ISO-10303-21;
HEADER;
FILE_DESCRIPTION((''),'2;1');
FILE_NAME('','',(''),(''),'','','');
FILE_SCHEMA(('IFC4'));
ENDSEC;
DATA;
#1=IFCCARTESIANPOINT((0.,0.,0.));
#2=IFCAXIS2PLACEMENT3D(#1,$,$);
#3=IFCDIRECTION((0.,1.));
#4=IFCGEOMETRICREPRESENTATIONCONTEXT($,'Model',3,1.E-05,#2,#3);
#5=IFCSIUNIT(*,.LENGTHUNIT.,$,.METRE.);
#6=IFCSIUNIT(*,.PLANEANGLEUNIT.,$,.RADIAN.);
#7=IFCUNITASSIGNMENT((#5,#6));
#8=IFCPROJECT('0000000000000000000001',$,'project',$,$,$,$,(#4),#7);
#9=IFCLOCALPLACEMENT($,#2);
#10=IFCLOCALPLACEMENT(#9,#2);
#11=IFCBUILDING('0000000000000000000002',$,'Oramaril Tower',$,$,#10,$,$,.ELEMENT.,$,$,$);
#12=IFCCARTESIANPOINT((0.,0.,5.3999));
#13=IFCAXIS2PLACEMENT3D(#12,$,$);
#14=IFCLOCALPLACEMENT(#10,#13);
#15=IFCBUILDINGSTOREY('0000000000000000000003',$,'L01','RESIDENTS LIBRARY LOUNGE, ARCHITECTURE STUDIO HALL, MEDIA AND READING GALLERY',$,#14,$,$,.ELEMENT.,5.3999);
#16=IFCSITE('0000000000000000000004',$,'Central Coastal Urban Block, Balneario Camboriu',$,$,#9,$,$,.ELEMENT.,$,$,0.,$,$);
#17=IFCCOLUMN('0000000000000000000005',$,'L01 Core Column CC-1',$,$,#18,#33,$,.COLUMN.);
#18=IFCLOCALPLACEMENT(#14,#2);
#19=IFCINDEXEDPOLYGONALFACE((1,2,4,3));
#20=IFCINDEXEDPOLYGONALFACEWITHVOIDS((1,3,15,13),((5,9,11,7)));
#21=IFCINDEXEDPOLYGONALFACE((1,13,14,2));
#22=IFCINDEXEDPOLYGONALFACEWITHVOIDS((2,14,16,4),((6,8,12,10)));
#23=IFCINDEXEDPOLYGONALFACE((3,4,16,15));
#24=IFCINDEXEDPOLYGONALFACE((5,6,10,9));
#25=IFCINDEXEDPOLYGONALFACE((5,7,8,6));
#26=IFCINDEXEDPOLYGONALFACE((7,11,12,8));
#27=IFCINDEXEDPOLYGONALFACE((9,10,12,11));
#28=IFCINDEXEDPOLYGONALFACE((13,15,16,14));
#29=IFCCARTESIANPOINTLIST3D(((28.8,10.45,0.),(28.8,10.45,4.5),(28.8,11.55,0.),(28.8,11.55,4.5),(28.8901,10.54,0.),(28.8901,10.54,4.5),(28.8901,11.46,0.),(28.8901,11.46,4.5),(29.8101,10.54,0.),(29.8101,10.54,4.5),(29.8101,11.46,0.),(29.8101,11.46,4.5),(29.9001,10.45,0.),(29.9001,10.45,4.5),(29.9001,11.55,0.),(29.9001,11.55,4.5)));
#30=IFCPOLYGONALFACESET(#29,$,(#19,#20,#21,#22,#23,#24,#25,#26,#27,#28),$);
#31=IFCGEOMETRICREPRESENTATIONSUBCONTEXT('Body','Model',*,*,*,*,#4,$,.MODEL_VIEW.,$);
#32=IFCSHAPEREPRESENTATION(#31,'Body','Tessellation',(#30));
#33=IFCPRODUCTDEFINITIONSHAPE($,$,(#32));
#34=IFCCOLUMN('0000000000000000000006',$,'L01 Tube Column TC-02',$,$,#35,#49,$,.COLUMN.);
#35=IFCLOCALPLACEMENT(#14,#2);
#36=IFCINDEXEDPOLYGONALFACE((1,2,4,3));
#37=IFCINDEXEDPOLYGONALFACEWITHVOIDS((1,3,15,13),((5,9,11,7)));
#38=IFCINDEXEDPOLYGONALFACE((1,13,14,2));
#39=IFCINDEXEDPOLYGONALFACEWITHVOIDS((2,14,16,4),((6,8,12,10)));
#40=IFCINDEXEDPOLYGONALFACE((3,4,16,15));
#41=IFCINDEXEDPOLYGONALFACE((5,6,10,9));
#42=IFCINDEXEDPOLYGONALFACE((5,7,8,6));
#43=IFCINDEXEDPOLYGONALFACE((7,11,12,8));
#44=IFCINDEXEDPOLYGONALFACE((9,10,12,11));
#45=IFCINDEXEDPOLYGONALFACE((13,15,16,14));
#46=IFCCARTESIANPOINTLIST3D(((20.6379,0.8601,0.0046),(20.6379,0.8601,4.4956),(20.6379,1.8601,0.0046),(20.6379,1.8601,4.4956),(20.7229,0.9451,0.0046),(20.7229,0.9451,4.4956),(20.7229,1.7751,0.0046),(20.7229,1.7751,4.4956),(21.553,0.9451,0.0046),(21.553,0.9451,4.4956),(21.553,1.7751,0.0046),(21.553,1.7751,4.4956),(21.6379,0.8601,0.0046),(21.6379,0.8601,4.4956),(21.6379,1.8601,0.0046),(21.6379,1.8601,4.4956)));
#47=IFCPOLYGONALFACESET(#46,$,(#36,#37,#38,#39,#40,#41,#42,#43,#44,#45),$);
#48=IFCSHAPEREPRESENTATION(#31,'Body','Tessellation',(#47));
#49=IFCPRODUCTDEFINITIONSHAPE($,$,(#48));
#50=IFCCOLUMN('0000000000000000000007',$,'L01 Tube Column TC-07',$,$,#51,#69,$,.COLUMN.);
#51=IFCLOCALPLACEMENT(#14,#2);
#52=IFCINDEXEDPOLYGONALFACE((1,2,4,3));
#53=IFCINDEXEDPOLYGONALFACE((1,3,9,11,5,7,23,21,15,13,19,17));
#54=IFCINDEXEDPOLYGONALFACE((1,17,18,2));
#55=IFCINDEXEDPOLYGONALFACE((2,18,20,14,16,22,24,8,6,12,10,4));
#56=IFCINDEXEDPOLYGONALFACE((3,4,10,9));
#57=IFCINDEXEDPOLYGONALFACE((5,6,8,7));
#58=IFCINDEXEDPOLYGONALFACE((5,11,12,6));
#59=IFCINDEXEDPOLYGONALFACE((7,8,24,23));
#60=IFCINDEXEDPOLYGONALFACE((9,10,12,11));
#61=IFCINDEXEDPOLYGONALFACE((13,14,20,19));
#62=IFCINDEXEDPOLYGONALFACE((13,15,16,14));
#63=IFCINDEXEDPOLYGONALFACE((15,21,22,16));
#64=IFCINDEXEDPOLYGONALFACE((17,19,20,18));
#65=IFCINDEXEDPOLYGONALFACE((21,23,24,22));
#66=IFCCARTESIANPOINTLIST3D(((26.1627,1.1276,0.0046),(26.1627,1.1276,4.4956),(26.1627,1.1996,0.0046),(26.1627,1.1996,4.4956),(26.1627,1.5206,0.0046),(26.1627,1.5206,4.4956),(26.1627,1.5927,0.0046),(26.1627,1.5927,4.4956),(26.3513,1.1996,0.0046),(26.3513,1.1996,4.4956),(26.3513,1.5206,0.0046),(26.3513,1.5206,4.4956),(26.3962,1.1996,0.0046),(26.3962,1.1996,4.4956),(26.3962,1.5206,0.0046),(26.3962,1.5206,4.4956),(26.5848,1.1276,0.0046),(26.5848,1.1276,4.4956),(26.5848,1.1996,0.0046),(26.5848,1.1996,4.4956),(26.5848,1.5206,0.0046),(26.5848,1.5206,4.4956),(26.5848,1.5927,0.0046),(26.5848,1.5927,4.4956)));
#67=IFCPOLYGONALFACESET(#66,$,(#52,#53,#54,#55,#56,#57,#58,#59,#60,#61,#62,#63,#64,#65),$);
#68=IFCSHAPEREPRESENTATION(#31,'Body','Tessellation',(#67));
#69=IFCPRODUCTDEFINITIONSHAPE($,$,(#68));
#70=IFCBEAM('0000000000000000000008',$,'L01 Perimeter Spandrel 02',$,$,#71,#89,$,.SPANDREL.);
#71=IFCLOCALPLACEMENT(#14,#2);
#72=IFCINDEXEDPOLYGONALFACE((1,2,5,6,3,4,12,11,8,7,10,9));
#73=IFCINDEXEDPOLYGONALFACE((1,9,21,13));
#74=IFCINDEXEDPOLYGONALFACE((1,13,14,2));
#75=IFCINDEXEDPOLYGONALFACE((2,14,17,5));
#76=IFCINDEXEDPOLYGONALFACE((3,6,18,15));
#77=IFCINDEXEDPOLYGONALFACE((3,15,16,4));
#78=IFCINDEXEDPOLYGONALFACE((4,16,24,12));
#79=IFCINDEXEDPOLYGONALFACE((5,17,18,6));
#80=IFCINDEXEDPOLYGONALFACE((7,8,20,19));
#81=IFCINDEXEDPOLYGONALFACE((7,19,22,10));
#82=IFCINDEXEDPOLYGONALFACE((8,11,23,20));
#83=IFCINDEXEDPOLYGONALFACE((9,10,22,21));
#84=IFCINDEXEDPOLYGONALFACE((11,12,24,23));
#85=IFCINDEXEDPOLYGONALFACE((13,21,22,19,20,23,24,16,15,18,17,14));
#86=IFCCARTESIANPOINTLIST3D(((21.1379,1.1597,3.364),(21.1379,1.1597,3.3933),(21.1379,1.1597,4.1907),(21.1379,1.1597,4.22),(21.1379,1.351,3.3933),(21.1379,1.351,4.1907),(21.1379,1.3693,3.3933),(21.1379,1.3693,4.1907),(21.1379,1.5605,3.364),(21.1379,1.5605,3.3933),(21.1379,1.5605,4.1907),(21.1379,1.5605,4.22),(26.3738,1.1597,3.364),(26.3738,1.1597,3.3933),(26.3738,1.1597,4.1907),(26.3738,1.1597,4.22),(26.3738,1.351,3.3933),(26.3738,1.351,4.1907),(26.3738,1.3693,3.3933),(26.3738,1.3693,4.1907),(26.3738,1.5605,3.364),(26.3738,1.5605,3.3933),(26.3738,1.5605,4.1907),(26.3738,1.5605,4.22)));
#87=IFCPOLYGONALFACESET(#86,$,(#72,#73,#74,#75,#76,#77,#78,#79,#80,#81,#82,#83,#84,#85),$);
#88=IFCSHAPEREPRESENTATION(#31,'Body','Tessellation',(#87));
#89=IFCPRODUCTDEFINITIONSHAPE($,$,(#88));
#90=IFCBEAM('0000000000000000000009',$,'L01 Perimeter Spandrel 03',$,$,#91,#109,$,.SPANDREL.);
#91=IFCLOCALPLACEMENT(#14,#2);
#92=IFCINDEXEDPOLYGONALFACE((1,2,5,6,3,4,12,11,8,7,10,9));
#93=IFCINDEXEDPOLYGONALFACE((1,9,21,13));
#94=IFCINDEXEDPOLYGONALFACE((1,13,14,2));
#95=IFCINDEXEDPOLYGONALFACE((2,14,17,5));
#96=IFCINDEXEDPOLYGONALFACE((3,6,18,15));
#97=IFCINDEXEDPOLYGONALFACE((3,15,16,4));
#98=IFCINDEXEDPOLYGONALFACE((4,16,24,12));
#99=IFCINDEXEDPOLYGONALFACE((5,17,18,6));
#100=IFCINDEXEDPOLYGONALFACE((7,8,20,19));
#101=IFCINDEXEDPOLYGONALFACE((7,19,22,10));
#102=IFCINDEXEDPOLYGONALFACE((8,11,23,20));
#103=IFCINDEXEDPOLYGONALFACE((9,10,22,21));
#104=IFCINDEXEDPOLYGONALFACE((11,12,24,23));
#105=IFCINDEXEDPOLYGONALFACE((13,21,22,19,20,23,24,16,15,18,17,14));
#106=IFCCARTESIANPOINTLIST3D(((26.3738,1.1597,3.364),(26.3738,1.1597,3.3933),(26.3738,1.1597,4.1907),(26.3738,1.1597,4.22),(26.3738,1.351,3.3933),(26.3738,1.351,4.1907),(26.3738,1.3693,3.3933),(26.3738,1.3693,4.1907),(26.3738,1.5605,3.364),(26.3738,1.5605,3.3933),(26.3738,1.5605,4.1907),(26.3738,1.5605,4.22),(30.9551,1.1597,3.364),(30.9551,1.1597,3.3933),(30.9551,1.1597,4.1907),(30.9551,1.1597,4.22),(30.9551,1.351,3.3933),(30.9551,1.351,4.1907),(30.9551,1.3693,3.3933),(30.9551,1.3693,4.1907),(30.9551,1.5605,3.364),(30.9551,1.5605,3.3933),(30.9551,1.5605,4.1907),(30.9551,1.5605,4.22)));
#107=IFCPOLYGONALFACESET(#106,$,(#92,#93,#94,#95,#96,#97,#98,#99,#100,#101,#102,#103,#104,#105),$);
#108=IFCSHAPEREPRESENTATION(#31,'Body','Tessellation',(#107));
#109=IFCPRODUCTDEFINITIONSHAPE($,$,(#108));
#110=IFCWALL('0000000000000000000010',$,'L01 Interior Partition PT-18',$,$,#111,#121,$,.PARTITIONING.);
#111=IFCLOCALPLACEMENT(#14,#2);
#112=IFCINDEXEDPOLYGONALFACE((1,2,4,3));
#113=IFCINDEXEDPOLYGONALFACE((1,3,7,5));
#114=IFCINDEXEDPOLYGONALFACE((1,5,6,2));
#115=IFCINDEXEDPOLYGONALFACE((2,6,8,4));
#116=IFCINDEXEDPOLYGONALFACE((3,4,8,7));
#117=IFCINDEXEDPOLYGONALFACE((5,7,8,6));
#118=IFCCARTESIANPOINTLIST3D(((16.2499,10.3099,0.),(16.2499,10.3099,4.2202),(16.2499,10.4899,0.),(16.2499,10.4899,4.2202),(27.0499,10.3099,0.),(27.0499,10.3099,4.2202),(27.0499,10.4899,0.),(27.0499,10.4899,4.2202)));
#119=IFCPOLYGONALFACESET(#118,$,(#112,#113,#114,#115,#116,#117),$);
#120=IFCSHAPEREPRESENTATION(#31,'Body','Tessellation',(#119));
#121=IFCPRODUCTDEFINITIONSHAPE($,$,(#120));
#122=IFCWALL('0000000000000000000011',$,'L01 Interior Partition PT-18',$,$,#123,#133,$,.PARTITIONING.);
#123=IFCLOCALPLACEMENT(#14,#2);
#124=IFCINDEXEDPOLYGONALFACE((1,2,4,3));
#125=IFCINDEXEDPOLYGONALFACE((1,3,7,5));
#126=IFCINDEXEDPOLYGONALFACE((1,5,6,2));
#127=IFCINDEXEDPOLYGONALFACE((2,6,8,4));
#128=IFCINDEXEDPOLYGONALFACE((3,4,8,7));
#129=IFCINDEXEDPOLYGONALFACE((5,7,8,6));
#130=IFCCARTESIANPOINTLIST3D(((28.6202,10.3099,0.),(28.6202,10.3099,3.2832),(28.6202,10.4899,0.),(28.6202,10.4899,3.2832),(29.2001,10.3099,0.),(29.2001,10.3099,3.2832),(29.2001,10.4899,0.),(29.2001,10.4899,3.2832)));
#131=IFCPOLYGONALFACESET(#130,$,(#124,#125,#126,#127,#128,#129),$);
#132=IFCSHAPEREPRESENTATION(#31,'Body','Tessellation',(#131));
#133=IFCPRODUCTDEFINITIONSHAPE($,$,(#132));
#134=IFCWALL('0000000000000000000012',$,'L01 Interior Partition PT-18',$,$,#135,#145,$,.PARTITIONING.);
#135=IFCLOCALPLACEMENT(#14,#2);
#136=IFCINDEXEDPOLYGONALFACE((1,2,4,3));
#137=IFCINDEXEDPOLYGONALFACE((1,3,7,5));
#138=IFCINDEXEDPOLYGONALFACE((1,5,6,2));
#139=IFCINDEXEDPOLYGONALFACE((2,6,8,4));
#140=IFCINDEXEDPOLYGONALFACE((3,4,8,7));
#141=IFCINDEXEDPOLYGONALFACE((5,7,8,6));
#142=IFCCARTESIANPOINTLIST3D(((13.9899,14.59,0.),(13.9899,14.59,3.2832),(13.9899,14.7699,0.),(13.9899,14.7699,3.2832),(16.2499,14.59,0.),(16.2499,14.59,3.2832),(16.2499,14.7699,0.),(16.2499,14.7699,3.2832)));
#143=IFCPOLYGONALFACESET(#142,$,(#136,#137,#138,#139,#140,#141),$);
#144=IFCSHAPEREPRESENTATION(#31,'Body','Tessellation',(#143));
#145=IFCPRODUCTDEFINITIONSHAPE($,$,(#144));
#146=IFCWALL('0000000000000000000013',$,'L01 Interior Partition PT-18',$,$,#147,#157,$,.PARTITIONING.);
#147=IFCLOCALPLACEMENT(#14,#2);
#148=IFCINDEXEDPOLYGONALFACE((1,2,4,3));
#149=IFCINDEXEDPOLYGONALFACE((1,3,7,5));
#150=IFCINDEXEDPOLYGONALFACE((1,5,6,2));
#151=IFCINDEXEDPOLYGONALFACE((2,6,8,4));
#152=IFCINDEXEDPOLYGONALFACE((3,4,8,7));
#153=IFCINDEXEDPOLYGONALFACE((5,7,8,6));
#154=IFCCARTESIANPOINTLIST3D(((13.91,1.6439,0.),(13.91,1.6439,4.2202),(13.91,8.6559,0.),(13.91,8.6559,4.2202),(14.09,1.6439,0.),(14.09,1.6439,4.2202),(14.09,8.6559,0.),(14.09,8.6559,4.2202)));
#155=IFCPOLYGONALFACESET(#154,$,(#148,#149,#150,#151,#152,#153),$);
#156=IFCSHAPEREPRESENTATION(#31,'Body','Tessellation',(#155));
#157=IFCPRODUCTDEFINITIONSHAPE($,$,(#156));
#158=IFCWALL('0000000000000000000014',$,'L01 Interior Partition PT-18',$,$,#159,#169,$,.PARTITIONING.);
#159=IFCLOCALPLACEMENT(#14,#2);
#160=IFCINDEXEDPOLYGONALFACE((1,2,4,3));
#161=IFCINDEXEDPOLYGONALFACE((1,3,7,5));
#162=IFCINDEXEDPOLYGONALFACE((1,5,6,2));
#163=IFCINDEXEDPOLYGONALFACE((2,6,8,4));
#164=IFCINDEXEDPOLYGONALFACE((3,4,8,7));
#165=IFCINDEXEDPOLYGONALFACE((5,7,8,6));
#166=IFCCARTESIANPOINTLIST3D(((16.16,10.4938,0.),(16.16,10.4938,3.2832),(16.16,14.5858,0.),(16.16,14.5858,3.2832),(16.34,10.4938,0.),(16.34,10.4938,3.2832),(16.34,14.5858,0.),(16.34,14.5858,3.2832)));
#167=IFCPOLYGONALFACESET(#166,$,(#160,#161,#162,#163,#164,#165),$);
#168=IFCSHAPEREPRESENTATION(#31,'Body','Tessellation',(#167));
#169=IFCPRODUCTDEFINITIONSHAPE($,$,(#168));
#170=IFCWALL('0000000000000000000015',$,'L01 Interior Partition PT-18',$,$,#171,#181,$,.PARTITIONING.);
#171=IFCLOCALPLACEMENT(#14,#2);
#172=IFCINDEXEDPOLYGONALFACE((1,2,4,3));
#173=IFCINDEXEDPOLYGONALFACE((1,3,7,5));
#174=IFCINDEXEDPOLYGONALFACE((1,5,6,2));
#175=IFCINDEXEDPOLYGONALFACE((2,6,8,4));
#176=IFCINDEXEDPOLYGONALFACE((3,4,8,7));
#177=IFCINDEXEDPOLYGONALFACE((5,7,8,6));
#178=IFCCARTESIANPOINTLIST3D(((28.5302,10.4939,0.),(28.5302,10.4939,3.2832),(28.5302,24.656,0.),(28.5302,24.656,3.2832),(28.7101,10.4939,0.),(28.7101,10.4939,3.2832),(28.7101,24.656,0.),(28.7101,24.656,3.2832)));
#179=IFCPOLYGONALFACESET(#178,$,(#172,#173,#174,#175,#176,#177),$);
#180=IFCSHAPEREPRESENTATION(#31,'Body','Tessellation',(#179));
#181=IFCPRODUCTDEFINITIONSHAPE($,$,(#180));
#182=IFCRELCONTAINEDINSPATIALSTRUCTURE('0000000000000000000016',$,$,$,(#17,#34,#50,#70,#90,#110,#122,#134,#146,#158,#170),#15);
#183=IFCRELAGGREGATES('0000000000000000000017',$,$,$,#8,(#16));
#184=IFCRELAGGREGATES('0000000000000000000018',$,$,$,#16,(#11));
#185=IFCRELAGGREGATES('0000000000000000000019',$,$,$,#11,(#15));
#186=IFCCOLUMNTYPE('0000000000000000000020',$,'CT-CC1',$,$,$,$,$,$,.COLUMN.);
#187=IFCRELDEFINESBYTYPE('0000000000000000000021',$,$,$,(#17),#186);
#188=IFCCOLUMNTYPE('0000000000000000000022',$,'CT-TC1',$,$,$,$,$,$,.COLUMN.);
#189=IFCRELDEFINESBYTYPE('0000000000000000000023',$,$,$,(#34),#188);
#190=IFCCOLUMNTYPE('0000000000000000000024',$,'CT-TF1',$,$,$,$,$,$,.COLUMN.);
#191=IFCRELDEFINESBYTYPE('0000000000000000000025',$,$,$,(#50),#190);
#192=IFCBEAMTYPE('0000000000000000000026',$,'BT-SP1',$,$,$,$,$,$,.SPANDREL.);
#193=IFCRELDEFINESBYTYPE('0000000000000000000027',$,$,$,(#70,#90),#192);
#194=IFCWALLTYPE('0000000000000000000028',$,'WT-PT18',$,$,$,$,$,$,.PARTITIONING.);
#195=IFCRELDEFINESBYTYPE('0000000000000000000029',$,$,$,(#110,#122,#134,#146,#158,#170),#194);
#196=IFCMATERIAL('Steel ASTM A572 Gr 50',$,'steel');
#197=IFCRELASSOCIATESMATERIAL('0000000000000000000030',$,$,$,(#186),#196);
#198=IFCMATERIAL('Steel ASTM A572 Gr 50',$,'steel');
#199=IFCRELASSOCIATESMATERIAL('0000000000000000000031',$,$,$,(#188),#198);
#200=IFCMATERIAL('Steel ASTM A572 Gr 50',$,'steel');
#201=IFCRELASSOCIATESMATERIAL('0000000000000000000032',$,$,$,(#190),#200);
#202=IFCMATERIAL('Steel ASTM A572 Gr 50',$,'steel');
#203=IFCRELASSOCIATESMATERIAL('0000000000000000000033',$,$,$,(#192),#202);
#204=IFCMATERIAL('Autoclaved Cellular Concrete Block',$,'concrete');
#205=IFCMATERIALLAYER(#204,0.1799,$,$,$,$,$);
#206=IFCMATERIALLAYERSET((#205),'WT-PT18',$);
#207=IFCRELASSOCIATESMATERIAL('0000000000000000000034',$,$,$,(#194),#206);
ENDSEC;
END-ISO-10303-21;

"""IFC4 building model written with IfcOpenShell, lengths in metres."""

from ifc_helpers import new_model, si_unit, direction, frame, frame_2d, origin, origin_2d, place, context, subcontext, project, spatial, rectangle, hollow_rectangle, i_section, extrude, material, layer, layer_set, material_profile, profile_set, type_object, element, save


model = new_model("IFC4")

# Units and contexts
model_context = context("Model", 3, precision=1e-05, world=origin(), true_north=direction((0.0, 1.0)))
body_context = subcontext(model_context, "Body", "Model", "MODEL_VIEW")
ifc_project = project(units=[si_unit("LENGTHUNIT", "METRE"), si_unit("PLANEANGLEUNIT", "RADIAN")], contexts=[model_context])

# Site, building, storey
site_placement = place(None, origin())
site = spatial("IfcSite", under=ifc_project, at=site_placement, Name="Central Coastal Urban Block, Balneario Camboriu", CompositionType="ELEMENT", RefElevation=0.0)
building_placement = place(site_placement, origin())
building = spatial("IfcBuilding", under=site, at=building_placement, Name="Oramaril Tower", CompositionType="ELEMENT")
storey_placement = place(building_placement, frame((0.0, 0.0, 5.3999)))
storey = spatial("IfcBuildingStorey", under=building, at=storey_placement, Name="L01", Description="RESIDENTS LIBRARY LOUNGE, ARCHITECTURE STUDIO HALL, MEDIA AND READING GALLERY", CompositionType="ELEMENT", Elevation=5.3999)

# Columns
ifc_material_1 = material(Name="Steel ASTM A572 Gr 50", Category="steel")
ifc_material_profile_1 = material_profile(ifc_material_1, hollow_rectangle(XDim=1.1001, YDim=1.1001, WallThickness=0.0901, at=origin_2d()), Name="BOX1100X1100X90")
ifc_profile_set_1 = profile_set([ifc_material_profile_1], Name="Steel ASTM A572 Gr 50")
column_type_1 = type_object("IfcColumnType", Name="CT-CC1", PredefinedType="COLUMN", material=ifc_profile_set_1)
column_1_placement = place(storey_placement, frame((29.3501, 11.0, 0.0), z_axis=(0.0, 0.0, 1.0), x_axis=(1.0, 0.0, 0.0)))
element("IfcColumn", 1, at=column_1_placement, inside=storey, type_object=column_type_1, Name="L01 Core Column CC-1", PredefinedType="COLUMN", context=body_context, shape_type="SweptSolid", body=[
    extrude(hollow_rectangle(XDim=1.1001, YDim=1.1001, WallThickness=0.0901, at=origin_2d()), origin(), (0.0, 0.0, 1.0), 4.5),
])
ifc_material_2 = material(Name="Steel ASTM A572 Gr 50", Category="steel")
ifc_material_profile_2 = material_profile(ifc_material_2, hollow_rectangle(XDim=1.0, YDim=1.0, WallThickness=0.085, at=origin_2d()), Name="BOX1000X1000X85")
ifc_profile_set_2 = profile_set([ifc_material_profile_2], Name="Steel ASTM A572 Gr 50")
column_type_2 = type_object("IfcColumnType", Name="CT-TC1", PredefinedType="COLUMN", material=ifc_profile_set_2)
column_2_placement = place(storey_placement, frame((21.1379, 1.3601, 0.0046), z_axis=(0.0, 0.0, 1.0), x_axis=(1.0, 0.0, 0.0)))
element("IfcColumn", 2, at=column_2_placement, inside=storey, type_object=column_type_2, Name="L01 Tube Column TC-02", PredefinedType="COLUMN", context=body_context, shape_type="SweptSolid", body=[
    extrude(hollow_rectangle(XDim=1.0, YDim=1.0, WallThickness=0.085, at=origin_2d()), origin(), (0.0, 0.0, 1.0), 4.491),
])
ifc_material_3 = material(Name="Steel ASTM A572 Gr 50", Category="steel")
ifc_material_profile_3 = material_profile(ifc_material_3, i_section(OverallWidth=0.4221, OverallDepth=0.4651, WebThickness=0.0449, FlangeThickness=0.072, at=origin_2d()), Name="W14X398")
ifc_profile_set_3 = profile_set([ifc_material_profile_3], Name="Steel ASTM A572 Gr 50")
column_type_3 = type_object("IfcColumnType", Name="CT-TF1", PredefinedType="COLUMN", material=ifc_profile_set_3)
column_3_placement = place(storey_placement, frame((26.3738, 1.3601, 0.0046), z_axis=(0.0, 0.0, 1.0), x_axis=(1.0, 0.0, 0.0)))
element("IfcColumn", 3, at=column_3_placement, inside=storey, type_object=column_type_3, Name="L01 Tube Column TC-07", PredefinedType="COLUMN", context=body_context, shape_type="SweptSolid", body=[
    extrude(i_section(OverallWidth=0.4221, OverallDepth=0.4651, WebThickness=0.0449, FlangeThickness=0.072, at=origin_2d()), origin(), (0.0, 0.0, 1.0), 4.491),
])

# Beams
ifc_material_4 = material(Name="Steel ASTM A572 Gr 50", Category="steel")
ifc_material_profile_4 = material_profile(ifc_material_4, i_section(OverallWidth=0.4009, OverallDepth=0.856, WebThickness=0.0183, FlangeThickness=0.0293, at=origin_2d()), Name="W33X201")
ifc_profile_set_4 = profile_set([ifc_material_profile_4], Name="Steel ASTM A572 Gr 50")
beam_type = type_object("IfcBeamType", Name="BT-SP1", PredefinedType="SPANDREL", material=ifc_profile_set_4)
beam_1_placement = place(storey_placement, frame((21.1379, 1.3601, 3.792), z_axis=(1.0, 0.0, 0.0), x_axis=(0.0, 1.0, 0.0)))
element("IfcBeam", 4, at=beam_1_placement, inside=storey, type_object=beam_type, Name="L01 Perimeter Spandrel 02", PredefinedType="SPANDREL", context=body_context, shape_type="SweptSolid", body=[
    extrude(i_section(OverallWidth=0.4009, OverallDepth=0.856, WebThickness=0.0183, FlangeThickness=0.0293, at=origin_2d()), origin(), (0.0, 0.0, 1.0), 5.2358),
])
beam_2_placement = place(storey_placement, frame((26.3738, 1.3601, 3.792), z_axis=(1.0, 0.0, 0.0), x_axis=(0.0, 1.0, 0.0)))
element("IfcBeam", 5, at=beam_2_placement, inside=storey, type_object=beam_type, Name="L01 Perimeter Spandrel 03", PredefinedType="SPANDREL", context=body_context, shape_type="SweptSolid", body=[
    extrude(i_section(OverallWidth=0.4009, OverallDepth=0.856, WebThickness=0.0183, FlangeThickness=0.0293, at=origin_2d()), origin(), (0.0, 0.0, 1.0), 4.5813),
])

# Shared definitions
ifc_material_5 = material(Name="Autoclaved Cellular Concrete Block", Category="concrete")
ifc_layer_1 = layer(ifc_material_5, 0.1799)
ifc_layer_set_1 = layer_set([ifc_layer_1], Name="WT-PT18")
wall_type_1 = type_object("IfcWallType", Name="WT-PT18", PredefinedType="PARTITIONING", material=ifc_layer_set_1)

# Walls
wall_1_placement = place(storey_placement, frame((16.25, 10.3999, 0.0), z_axis=(0.0, 0.0, 1.0), x_axis=(1.0, 0.0, 0.0)))
element("IfcWall", 6, at=wall_1_placement, inside=storey, type_object=wall_type_1, Name="L01 Interior Partition PT-18", PredefinedType="PARTITIONING", context=body_context, shape_type="SweptSolid", body=[
    extrude(rectangle(XDim=10.8, YDim=0.1799, at=frame_2d((5.3999, 0.0))), origin(), (0.0, 0.0, 1.0), 4.2202),
])
wall_2_placement = place(storey_placement, frame((28.6201, 10.3999, 0.0), z_axis=(0.0, 0.0, 1.0), x_axis=(1.0, 0.0, 0.0)))
element("IfcWall", 7, at=wall_2_placement, inside=storey, type_object=wall_type_1, Name="L01 Interior Partition PT-18", PredefinedType="PARTITIONING", context=body_context, shape_type="SweptSolid", body=[
    extrude(rectangle(XDim=0.5798, YDim=0.1799, at=frame_2d((0.29, 0.0))), origin(), (0.0, 0.0, 1.0), 3.2832),
])
wall_3_placement = place(storey_placement, frame((13.99, 14.6799, 0.0), z_axis=(0.0, 0.0, 1.0), x_axis=(1.0, 0.0, 0.0)))
element("IfcWall", 8, at=wall_3_placement, inside=storey, type_object=wall_type_1, Name="L01 Interior Partition PT-18", PredefinedType="PARTITIONING", context=body_context, shape_type="SweptSolid", body=[
    extrude(rectangle(XDim=2.26, YDim=0.1799, at=frame_2d((1.1299, 0.0))), origin(), (0.0, 0.0, 1.0), 3.2832),
])
wall_4_placement = place(storey_placement, frame((14.0, 1.644, 0.0), z_axis=(0.0, 0.0, 1.0), x_axis=(0.0, 1.0, 0.0)))
element("IfcWall", 9, at=wall_4_placement, inside=storey, type_object=wall_type_1, Name="L01 Interior Partition PT-18", PredefinedType="PARTITIONING", context=body_context, shape_type="SweptSolid", body=[
    extrude(rectangle(XDim=7.012, YDim=0.1799, at=frame_2d((3.5059, 0.0))), origin(), (0.0, 0.0, 1.0), 4.2202),
])
wall_5_placement = place(storey_placement, frame((16.25, 10.4939, 0.0), z_axis=(0.0, 0.0, 1.0), x_axis=(0.0, 1.0, 0.0)))
element("IfcWall", 10, at=wall_5_placement, inside=storey, type_object=wall_type_1, Name="L01 Interior Partition PT-18", PredefinedType="PARTITIONING", context=body_context, shape_type="SweptSolid", body=[
    extrude(rectangle(XDim=4.092, YDim=0.1799, at=frame_2d((2.0459, 0.0))), origin(), (0.0, 0.0, 1.0), 3.2832),
])

# Wall
wall_6_placement = place(storey_placement, frame((28.6201, 10.4939, 0.0), z_axis=(0.0, 0.0, 1.0), x_axis=(0.0, 1.0, 0.0)))
element("IfcWall", 11, at=wall_6_placement, inside=storey, type_object=wall_type_1, Name="L01 Interior Partition PT-18", PredefinedType="PARTITIONING", context=body_context, shape_type="SweptSolid", body=[
    extrude(rectangle(XDim=14.1621, YDim=0.1799, at=frame_2d((7.0811, 0.0))), origin(), (0.0, 0.0, 1.0), 3.2832),
])

save(model, "model.ifc")
